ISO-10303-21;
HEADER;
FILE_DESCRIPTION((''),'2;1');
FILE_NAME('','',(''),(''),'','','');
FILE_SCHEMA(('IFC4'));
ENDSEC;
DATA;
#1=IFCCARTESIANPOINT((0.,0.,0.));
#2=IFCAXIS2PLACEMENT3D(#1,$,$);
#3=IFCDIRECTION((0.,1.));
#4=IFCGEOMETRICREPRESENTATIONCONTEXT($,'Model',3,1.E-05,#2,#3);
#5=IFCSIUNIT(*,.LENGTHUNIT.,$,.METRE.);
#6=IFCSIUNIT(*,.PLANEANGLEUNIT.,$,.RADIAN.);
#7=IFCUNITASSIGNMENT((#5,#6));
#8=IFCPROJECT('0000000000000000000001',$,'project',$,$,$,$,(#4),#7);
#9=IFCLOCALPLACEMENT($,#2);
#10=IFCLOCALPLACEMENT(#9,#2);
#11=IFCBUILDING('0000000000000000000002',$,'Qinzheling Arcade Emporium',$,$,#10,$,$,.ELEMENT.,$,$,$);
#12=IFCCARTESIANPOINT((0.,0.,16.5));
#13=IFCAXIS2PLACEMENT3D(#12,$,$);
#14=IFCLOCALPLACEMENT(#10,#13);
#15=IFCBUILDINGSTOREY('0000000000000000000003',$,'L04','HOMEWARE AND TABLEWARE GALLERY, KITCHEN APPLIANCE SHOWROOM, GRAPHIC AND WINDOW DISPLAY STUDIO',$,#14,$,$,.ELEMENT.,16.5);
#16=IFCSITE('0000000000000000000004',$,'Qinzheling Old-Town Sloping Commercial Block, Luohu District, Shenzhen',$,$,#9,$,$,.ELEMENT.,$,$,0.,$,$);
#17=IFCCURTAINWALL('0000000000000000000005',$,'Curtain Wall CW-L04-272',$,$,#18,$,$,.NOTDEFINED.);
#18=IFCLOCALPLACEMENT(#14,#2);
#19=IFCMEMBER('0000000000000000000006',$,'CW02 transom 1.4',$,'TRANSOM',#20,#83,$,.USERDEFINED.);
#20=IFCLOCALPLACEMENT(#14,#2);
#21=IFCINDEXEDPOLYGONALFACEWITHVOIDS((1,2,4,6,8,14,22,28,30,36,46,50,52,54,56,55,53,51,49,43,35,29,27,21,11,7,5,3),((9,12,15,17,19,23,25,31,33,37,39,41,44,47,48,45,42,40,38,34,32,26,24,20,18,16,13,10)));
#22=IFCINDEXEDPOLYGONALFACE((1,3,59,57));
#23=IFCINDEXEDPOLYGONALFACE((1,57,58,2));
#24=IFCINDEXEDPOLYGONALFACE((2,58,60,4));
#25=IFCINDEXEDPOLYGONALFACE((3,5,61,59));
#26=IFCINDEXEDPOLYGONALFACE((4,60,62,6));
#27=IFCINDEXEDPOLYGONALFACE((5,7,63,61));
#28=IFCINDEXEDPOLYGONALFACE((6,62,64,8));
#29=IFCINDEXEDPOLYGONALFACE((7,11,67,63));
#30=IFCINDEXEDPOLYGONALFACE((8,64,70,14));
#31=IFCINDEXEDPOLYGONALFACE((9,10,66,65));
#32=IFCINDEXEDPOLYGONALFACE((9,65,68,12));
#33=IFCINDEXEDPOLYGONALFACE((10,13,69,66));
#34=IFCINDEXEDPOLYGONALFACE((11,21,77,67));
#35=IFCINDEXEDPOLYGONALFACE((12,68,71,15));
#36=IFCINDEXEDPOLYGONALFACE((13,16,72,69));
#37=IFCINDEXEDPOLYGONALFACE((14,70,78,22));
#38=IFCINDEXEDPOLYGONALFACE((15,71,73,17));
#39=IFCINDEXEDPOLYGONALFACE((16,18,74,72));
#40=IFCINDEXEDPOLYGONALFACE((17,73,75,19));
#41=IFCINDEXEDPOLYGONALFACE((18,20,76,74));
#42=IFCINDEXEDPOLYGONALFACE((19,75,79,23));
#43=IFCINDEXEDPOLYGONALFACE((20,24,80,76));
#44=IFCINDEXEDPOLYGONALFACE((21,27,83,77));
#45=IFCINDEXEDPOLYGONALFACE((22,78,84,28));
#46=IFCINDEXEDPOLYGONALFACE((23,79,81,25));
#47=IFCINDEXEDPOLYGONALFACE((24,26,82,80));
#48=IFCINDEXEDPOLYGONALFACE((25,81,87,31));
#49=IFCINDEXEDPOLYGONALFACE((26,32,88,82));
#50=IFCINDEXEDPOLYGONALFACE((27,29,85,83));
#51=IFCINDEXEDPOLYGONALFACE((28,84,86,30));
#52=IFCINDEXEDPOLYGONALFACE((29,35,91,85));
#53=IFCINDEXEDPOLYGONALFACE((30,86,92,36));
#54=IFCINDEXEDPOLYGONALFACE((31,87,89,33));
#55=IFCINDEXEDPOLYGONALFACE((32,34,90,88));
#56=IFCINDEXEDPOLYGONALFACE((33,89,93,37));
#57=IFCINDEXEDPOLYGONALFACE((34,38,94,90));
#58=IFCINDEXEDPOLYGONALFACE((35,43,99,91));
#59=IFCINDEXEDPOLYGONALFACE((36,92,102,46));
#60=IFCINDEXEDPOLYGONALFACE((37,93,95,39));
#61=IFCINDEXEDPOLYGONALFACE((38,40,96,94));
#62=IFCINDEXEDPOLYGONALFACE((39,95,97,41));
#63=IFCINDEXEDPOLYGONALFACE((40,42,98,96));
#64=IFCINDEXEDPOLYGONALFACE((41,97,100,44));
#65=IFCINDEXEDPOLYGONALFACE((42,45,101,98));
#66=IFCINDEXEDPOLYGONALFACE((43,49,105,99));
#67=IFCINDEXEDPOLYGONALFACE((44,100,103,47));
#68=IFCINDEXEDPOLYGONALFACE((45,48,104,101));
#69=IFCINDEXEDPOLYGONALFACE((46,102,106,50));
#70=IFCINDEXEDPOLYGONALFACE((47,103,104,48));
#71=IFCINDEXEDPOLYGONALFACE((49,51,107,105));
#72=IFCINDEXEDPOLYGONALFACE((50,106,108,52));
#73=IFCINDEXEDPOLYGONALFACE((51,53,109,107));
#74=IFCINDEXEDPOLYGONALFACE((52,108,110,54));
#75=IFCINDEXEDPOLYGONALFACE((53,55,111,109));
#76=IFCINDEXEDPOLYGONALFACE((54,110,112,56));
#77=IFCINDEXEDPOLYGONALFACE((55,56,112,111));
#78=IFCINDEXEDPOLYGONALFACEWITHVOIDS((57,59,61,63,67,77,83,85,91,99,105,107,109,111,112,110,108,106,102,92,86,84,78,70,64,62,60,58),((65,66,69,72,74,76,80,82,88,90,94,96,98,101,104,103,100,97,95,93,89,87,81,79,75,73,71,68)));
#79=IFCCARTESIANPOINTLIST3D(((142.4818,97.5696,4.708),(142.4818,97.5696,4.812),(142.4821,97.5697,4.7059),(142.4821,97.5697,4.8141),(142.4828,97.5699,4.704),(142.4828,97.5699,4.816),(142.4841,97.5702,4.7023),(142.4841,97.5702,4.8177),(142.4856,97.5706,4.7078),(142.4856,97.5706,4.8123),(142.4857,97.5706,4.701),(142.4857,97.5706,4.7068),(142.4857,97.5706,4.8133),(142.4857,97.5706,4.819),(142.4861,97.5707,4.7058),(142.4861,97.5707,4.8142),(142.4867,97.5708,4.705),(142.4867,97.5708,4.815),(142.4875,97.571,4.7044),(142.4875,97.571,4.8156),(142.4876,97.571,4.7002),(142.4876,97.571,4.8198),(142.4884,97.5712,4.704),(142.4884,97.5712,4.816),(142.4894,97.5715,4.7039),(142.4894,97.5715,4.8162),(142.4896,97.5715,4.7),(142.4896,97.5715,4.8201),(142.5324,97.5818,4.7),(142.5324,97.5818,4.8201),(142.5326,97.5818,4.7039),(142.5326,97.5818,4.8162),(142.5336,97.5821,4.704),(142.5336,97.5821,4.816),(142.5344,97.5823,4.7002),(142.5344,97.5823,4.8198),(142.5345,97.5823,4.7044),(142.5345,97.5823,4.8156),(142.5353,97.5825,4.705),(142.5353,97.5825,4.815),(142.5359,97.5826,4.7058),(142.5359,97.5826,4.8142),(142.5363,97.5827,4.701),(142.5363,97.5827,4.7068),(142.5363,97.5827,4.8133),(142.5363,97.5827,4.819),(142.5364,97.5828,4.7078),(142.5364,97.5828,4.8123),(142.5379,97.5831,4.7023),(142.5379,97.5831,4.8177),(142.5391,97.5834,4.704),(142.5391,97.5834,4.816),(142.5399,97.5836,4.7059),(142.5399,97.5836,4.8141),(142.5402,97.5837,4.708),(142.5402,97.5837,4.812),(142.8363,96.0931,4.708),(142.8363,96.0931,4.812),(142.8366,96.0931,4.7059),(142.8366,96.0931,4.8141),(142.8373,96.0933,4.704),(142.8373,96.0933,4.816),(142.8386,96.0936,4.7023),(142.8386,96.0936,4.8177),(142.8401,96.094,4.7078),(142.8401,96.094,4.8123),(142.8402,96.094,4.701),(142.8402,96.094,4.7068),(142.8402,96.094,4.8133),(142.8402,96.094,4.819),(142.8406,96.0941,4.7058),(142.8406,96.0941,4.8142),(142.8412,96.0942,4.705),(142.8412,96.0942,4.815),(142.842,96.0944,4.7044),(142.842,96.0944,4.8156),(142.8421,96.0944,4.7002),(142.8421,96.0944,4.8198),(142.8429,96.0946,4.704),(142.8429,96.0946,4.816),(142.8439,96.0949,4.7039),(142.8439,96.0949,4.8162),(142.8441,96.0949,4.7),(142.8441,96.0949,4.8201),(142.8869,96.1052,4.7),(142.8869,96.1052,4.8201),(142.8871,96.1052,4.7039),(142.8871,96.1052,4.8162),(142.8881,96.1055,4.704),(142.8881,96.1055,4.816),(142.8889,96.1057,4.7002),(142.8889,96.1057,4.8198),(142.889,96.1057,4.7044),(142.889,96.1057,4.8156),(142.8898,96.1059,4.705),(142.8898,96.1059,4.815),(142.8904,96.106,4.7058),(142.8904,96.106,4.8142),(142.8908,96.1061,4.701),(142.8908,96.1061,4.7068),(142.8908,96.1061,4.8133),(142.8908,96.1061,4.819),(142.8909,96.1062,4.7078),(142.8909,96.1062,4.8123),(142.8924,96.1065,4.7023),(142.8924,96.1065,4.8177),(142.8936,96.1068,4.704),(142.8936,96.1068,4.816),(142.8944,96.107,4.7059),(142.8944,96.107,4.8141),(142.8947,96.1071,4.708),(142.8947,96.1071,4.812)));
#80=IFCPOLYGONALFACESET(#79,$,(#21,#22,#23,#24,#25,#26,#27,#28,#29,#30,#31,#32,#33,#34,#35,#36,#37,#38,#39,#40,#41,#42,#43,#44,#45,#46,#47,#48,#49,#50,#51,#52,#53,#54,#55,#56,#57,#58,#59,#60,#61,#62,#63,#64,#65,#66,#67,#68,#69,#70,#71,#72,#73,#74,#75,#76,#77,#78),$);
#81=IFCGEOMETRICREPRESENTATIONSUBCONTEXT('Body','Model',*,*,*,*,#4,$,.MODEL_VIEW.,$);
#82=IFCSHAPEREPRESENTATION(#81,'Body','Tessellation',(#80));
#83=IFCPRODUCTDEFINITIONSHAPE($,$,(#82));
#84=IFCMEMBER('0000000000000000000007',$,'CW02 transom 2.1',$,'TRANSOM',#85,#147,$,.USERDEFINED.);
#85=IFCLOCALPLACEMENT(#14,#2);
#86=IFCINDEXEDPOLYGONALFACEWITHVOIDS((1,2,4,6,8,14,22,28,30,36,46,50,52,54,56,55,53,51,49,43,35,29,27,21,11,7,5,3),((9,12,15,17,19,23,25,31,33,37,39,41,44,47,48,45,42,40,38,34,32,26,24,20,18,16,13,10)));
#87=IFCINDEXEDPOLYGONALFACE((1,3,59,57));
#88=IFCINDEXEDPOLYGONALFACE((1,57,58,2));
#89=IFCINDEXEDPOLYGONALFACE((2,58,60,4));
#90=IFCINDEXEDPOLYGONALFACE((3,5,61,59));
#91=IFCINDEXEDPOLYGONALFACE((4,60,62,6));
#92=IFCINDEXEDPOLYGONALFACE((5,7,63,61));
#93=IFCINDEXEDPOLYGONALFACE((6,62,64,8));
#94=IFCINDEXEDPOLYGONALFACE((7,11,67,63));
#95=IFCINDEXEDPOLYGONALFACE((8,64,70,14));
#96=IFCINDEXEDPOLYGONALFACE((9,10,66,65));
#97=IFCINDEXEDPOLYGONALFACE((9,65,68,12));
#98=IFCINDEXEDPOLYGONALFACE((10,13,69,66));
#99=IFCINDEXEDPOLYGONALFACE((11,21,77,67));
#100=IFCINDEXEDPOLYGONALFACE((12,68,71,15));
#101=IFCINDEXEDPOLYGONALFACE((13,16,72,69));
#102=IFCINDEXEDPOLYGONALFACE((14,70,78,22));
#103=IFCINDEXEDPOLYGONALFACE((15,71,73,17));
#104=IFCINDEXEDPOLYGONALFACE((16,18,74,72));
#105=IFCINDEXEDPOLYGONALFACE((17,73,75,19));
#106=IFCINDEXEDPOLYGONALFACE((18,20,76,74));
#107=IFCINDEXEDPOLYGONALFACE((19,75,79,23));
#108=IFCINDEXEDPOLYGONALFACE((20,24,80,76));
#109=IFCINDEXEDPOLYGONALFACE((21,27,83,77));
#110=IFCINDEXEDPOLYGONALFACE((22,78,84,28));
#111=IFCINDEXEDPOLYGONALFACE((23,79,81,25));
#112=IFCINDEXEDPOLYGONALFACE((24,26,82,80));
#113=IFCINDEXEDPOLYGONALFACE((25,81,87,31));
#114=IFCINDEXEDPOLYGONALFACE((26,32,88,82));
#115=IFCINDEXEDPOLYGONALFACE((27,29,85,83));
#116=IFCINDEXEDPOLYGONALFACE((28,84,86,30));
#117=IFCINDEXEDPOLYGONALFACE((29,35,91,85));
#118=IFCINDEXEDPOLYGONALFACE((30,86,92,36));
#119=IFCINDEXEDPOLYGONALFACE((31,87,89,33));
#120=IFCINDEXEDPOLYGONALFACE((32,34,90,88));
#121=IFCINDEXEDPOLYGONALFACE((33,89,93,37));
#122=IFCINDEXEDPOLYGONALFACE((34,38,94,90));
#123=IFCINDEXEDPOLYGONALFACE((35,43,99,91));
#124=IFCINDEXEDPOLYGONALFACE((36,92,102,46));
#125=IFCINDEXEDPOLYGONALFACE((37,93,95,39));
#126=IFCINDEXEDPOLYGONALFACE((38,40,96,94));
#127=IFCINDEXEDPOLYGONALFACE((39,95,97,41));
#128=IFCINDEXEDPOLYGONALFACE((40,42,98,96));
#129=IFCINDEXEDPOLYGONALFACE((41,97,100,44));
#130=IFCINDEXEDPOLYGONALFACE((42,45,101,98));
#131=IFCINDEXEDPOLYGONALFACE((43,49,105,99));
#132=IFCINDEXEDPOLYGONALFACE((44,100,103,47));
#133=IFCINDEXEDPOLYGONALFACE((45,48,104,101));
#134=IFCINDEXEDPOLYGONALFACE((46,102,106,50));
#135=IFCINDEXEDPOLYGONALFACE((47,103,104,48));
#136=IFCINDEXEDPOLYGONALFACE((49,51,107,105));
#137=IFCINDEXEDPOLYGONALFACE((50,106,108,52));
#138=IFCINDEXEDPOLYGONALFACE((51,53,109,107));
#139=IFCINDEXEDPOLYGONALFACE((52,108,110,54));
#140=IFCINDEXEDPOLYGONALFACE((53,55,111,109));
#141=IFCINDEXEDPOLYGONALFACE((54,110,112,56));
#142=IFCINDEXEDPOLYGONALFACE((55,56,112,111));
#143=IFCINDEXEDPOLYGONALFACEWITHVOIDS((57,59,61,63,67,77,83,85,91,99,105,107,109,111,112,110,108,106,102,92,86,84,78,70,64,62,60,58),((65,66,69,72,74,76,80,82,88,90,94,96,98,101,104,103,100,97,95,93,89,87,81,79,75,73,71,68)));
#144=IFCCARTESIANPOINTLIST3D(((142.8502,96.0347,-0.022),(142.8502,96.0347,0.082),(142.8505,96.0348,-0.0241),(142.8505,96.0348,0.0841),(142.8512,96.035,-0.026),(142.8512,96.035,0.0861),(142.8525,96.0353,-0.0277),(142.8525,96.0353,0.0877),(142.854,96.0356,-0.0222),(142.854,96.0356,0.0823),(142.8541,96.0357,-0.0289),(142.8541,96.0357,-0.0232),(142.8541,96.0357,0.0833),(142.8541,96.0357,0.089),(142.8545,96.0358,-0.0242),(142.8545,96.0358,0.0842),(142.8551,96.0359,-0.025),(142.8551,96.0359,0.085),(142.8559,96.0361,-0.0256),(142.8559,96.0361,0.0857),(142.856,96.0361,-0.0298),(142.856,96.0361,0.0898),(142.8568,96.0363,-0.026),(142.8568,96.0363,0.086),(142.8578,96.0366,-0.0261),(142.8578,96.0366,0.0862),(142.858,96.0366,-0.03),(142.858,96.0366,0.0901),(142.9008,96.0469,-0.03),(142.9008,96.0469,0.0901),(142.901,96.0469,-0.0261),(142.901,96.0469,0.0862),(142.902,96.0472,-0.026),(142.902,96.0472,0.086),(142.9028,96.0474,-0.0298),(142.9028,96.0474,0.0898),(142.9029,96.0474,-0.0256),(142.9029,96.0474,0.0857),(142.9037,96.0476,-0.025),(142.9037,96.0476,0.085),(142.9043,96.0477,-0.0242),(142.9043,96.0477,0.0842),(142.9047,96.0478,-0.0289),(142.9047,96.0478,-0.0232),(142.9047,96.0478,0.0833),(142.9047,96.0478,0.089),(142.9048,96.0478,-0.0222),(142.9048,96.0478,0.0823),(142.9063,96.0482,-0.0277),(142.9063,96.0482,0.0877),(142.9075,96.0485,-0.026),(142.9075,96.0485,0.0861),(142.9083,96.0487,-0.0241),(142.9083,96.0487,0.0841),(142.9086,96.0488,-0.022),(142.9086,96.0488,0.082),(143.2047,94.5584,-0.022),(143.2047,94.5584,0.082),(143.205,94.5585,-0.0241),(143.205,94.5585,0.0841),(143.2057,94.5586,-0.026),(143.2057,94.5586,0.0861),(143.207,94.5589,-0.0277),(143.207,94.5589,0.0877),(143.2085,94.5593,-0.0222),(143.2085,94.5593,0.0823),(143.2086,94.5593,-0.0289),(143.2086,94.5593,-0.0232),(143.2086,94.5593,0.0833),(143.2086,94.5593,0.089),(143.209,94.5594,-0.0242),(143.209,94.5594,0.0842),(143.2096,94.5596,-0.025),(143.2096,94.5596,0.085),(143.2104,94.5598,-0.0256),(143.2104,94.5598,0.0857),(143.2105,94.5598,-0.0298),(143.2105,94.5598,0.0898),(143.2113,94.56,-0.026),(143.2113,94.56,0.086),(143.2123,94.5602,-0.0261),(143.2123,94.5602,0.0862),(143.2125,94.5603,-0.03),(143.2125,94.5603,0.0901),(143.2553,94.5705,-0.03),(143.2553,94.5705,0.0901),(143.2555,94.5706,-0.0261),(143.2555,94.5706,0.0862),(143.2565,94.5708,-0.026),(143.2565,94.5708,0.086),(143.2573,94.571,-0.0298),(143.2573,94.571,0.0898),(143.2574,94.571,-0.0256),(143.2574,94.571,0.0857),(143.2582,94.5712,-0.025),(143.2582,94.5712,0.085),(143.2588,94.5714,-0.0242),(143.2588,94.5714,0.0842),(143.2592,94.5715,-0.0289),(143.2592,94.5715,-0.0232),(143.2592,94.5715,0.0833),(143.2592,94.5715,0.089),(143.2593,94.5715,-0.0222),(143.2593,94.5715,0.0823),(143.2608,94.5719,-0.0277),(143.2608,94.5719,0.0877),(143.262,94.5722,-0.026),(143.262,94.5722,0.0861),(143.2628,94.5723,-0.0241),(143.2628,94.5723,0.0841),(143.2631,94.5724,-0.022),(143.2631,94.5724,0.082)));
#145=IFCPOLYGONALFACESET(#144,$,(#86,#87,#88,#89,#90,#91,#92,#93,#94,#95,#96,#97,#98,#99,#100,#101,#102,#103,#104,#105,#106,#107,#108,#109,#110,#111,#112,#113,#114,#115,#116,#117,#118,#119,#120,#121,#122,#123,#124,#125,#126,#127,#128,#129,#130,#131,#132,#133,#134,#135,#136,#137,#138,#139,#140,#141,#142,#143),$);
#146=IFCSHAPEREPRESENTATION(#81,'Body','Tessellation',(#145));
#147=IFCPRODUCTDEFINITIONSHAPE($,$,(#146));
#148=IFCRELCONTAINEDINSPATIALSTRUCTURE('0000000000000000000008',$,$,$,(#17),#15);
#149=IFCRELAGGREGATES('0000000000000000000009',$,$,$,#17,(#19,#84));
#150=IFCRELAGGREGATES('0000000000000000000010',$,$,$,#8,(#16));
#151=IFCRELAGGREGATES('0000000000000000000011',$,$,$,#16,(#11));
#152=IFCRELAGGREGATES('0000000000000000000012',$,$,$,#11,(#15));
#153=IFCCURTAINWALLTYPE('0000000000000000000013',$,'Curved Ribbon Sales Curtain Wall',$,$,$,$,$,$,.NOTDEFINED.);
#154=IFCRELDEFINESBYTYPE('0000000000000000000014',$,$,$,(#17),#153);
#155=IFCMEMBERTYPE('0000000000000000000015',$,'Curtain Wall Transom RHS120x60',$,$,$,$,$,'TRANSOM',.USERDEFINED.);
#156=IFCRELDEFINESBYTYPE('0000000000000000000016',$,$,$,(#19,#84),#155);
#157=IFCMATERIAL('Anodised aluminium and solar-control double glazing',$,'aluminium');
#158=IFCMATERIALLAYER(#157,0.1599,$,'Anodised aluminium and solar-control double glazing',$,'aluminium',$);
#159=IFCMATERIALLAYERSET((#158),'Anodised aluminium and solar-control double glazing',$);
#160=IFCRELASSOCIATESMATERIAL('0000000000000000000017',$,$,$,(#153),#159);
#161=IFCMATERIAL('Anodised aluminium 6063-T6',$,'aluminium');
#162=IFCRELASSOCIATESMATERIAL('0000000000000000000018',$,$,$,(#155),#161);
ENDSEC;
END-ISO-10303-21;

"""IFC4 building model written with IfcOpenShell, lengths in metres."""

from ifc_helpers import new_model, si_unit, direction, frame, origin, origin_2d, place, context, subcontext, project, spatial, hollow_rectangle, extrude, material, layer, layer_set, material_profile, profile_set, type_object, element, aggregate, save


model = new_model("IFC4")

# Units and contexts
model_context = context("Model", 3, precision=1e-05, world=origin(), true_north=direction((0.0, 1.0)))
body_context = subcontext(model_context, "Body", "Model", "MODEL_VIEW")
ifc_project = project(units=[si_unit("LENGTHUNIT", "METRE"), si_unit("PLANEANGLEUNIT", "RADIAN")], contexts=[model_context])

# Site, building, storey
site_placement = place(None, origin())
site = spatial("IfcSite", under=ifc_project, at=site_placement, Name="Qinzheling Old-Town Sloping Commercial Block, Luohu District, Shenzhen", CompositionType="ELEMENT", RefElevation=0.0)
building_placement = place(site_placement, origin())
building = spatial("IfcBuilding", under=site, at=building_placement, Name="Qinzheling Arcade Emporium", CompositionType="ELEMENT")
storey_placement = place(building_placement, frame((0.0, 0.0, 16.5)))
storey = spatial("IfcBuildingStorey", under=building, at=storey_placement, Name="L04", Description="HOMEWARE AND TABLEWARE GALLERY, KITCHEN APPLIANCE SHOWROOM, GRAPHIC AND WINDOW DISPLAY STUDIO", CompositionType="ELEMENT", Elevation=16.5)

# Shared definitions
ifc_material_1 = material(Name="Anodised aluminium and solar-control double glazing", Category="aluminium")
ifc_layer_1 = layer(ifc_material_1, 0.1599, Name="Anodised aluminium and solar-control double glazing", Category="aluminium")
ifc_layer_set_1 = layer_set([ifc_layer_1], Name="Anodised aluminium and solar-control double glazing")
curtain_wall_type = type_object("IfcCurtainWallType", Name="Curved Ribbon Sales Curtain Wall", PredefinedType="NOTDEFINED", material=ifc_layer_set_1)
ifc_material_2 = material(Name="Anodised aluminium 6063-T6", Category="aluminium")

# Curtain wall
curtain_wall_1_placement = place(storey_placement, origin())
curtain_wall_1 = element("IfcCurtainWall", 1, at=curtain_wall_1_placement, inside=storey, type_object=curtain_wall_type, Name="Curtain Wall CW-L04-272", PredefinedType="NOTDEFINED")

# Members
ifc_material_profile_1 = material_profile(ifc_material_2, hollow_rectangle(XDim=0.0601, YDim=0.1201, WallThickness=0.0039, InnerFilletRadius=0.0039, OuterFilletRadius=0.0081, at=origin_2d()), Name="RHS 120x60x4", Category="aluminium")
ifc_profile_set_1 = profile_set([ifc_material_profile_1], Name="Anodised aluminium 6063-T6")
member_type_1 = type_object("IfcMemberType", Name="Curtain Wall Transom RHS120x60", ElementType="TRANSOM", PredefinedType="USERDEFINED", material=ifc_profile_set_1)
member_1_placement = place(storey_placement, frame((142.511, 97.5767, 4.76), z_axis=(0.233446, -0.97237, 0.0), x_axis=(0.97237, 0.233446, 0.0)))
member_1 = element("IfcMember", 2, at=member_1_placement, type_object=member_type_1, Name="CW02 transom 1.4", ObjectType="TRANSOM", PredefinedType="USERDEFINED", context=body_context, shape_type="SweptSolid", body=[
    extrude(hollow_rectangle(XDim=0.0601, YDim=0.1201, WallThickness=0.0039, InnerFilletRadius=0.0039, OuterFilletRadius=0.0081, at=origin_2d()), origin(), (0.0, 0.0, 1.0), 1.5186),
])
member_2_placement = place(storey_placement, frame((142.8794, 96.0417, 0.03), z_axis=(0.233482, -0.972361, 0.0), x_axis=(0.972361, 0.233482, 0.0)))
member_2 = element("IfcMember", 3, at=member_2_placement, type_object=member_type_1, Name="CW02 transom 2.1", ObjectType="TRANSOM", PredefinedType="USERDEFINED", context=body_context, shape_type="SweptSolid", body=[
    extrude(hollow_rectangle(XDim=0.0601, YDim=0.1201, WallThickness=0.0039, InnerFilletRadius=0.0039, OuterFilletRadius=0.0081, at=origin_2d()), origin(), (0.0, 0.0, 1.0), 1.5183),
])

aggregate(curtain_wall_1, [member_1, member_2])

save(model, "model.ifc")
